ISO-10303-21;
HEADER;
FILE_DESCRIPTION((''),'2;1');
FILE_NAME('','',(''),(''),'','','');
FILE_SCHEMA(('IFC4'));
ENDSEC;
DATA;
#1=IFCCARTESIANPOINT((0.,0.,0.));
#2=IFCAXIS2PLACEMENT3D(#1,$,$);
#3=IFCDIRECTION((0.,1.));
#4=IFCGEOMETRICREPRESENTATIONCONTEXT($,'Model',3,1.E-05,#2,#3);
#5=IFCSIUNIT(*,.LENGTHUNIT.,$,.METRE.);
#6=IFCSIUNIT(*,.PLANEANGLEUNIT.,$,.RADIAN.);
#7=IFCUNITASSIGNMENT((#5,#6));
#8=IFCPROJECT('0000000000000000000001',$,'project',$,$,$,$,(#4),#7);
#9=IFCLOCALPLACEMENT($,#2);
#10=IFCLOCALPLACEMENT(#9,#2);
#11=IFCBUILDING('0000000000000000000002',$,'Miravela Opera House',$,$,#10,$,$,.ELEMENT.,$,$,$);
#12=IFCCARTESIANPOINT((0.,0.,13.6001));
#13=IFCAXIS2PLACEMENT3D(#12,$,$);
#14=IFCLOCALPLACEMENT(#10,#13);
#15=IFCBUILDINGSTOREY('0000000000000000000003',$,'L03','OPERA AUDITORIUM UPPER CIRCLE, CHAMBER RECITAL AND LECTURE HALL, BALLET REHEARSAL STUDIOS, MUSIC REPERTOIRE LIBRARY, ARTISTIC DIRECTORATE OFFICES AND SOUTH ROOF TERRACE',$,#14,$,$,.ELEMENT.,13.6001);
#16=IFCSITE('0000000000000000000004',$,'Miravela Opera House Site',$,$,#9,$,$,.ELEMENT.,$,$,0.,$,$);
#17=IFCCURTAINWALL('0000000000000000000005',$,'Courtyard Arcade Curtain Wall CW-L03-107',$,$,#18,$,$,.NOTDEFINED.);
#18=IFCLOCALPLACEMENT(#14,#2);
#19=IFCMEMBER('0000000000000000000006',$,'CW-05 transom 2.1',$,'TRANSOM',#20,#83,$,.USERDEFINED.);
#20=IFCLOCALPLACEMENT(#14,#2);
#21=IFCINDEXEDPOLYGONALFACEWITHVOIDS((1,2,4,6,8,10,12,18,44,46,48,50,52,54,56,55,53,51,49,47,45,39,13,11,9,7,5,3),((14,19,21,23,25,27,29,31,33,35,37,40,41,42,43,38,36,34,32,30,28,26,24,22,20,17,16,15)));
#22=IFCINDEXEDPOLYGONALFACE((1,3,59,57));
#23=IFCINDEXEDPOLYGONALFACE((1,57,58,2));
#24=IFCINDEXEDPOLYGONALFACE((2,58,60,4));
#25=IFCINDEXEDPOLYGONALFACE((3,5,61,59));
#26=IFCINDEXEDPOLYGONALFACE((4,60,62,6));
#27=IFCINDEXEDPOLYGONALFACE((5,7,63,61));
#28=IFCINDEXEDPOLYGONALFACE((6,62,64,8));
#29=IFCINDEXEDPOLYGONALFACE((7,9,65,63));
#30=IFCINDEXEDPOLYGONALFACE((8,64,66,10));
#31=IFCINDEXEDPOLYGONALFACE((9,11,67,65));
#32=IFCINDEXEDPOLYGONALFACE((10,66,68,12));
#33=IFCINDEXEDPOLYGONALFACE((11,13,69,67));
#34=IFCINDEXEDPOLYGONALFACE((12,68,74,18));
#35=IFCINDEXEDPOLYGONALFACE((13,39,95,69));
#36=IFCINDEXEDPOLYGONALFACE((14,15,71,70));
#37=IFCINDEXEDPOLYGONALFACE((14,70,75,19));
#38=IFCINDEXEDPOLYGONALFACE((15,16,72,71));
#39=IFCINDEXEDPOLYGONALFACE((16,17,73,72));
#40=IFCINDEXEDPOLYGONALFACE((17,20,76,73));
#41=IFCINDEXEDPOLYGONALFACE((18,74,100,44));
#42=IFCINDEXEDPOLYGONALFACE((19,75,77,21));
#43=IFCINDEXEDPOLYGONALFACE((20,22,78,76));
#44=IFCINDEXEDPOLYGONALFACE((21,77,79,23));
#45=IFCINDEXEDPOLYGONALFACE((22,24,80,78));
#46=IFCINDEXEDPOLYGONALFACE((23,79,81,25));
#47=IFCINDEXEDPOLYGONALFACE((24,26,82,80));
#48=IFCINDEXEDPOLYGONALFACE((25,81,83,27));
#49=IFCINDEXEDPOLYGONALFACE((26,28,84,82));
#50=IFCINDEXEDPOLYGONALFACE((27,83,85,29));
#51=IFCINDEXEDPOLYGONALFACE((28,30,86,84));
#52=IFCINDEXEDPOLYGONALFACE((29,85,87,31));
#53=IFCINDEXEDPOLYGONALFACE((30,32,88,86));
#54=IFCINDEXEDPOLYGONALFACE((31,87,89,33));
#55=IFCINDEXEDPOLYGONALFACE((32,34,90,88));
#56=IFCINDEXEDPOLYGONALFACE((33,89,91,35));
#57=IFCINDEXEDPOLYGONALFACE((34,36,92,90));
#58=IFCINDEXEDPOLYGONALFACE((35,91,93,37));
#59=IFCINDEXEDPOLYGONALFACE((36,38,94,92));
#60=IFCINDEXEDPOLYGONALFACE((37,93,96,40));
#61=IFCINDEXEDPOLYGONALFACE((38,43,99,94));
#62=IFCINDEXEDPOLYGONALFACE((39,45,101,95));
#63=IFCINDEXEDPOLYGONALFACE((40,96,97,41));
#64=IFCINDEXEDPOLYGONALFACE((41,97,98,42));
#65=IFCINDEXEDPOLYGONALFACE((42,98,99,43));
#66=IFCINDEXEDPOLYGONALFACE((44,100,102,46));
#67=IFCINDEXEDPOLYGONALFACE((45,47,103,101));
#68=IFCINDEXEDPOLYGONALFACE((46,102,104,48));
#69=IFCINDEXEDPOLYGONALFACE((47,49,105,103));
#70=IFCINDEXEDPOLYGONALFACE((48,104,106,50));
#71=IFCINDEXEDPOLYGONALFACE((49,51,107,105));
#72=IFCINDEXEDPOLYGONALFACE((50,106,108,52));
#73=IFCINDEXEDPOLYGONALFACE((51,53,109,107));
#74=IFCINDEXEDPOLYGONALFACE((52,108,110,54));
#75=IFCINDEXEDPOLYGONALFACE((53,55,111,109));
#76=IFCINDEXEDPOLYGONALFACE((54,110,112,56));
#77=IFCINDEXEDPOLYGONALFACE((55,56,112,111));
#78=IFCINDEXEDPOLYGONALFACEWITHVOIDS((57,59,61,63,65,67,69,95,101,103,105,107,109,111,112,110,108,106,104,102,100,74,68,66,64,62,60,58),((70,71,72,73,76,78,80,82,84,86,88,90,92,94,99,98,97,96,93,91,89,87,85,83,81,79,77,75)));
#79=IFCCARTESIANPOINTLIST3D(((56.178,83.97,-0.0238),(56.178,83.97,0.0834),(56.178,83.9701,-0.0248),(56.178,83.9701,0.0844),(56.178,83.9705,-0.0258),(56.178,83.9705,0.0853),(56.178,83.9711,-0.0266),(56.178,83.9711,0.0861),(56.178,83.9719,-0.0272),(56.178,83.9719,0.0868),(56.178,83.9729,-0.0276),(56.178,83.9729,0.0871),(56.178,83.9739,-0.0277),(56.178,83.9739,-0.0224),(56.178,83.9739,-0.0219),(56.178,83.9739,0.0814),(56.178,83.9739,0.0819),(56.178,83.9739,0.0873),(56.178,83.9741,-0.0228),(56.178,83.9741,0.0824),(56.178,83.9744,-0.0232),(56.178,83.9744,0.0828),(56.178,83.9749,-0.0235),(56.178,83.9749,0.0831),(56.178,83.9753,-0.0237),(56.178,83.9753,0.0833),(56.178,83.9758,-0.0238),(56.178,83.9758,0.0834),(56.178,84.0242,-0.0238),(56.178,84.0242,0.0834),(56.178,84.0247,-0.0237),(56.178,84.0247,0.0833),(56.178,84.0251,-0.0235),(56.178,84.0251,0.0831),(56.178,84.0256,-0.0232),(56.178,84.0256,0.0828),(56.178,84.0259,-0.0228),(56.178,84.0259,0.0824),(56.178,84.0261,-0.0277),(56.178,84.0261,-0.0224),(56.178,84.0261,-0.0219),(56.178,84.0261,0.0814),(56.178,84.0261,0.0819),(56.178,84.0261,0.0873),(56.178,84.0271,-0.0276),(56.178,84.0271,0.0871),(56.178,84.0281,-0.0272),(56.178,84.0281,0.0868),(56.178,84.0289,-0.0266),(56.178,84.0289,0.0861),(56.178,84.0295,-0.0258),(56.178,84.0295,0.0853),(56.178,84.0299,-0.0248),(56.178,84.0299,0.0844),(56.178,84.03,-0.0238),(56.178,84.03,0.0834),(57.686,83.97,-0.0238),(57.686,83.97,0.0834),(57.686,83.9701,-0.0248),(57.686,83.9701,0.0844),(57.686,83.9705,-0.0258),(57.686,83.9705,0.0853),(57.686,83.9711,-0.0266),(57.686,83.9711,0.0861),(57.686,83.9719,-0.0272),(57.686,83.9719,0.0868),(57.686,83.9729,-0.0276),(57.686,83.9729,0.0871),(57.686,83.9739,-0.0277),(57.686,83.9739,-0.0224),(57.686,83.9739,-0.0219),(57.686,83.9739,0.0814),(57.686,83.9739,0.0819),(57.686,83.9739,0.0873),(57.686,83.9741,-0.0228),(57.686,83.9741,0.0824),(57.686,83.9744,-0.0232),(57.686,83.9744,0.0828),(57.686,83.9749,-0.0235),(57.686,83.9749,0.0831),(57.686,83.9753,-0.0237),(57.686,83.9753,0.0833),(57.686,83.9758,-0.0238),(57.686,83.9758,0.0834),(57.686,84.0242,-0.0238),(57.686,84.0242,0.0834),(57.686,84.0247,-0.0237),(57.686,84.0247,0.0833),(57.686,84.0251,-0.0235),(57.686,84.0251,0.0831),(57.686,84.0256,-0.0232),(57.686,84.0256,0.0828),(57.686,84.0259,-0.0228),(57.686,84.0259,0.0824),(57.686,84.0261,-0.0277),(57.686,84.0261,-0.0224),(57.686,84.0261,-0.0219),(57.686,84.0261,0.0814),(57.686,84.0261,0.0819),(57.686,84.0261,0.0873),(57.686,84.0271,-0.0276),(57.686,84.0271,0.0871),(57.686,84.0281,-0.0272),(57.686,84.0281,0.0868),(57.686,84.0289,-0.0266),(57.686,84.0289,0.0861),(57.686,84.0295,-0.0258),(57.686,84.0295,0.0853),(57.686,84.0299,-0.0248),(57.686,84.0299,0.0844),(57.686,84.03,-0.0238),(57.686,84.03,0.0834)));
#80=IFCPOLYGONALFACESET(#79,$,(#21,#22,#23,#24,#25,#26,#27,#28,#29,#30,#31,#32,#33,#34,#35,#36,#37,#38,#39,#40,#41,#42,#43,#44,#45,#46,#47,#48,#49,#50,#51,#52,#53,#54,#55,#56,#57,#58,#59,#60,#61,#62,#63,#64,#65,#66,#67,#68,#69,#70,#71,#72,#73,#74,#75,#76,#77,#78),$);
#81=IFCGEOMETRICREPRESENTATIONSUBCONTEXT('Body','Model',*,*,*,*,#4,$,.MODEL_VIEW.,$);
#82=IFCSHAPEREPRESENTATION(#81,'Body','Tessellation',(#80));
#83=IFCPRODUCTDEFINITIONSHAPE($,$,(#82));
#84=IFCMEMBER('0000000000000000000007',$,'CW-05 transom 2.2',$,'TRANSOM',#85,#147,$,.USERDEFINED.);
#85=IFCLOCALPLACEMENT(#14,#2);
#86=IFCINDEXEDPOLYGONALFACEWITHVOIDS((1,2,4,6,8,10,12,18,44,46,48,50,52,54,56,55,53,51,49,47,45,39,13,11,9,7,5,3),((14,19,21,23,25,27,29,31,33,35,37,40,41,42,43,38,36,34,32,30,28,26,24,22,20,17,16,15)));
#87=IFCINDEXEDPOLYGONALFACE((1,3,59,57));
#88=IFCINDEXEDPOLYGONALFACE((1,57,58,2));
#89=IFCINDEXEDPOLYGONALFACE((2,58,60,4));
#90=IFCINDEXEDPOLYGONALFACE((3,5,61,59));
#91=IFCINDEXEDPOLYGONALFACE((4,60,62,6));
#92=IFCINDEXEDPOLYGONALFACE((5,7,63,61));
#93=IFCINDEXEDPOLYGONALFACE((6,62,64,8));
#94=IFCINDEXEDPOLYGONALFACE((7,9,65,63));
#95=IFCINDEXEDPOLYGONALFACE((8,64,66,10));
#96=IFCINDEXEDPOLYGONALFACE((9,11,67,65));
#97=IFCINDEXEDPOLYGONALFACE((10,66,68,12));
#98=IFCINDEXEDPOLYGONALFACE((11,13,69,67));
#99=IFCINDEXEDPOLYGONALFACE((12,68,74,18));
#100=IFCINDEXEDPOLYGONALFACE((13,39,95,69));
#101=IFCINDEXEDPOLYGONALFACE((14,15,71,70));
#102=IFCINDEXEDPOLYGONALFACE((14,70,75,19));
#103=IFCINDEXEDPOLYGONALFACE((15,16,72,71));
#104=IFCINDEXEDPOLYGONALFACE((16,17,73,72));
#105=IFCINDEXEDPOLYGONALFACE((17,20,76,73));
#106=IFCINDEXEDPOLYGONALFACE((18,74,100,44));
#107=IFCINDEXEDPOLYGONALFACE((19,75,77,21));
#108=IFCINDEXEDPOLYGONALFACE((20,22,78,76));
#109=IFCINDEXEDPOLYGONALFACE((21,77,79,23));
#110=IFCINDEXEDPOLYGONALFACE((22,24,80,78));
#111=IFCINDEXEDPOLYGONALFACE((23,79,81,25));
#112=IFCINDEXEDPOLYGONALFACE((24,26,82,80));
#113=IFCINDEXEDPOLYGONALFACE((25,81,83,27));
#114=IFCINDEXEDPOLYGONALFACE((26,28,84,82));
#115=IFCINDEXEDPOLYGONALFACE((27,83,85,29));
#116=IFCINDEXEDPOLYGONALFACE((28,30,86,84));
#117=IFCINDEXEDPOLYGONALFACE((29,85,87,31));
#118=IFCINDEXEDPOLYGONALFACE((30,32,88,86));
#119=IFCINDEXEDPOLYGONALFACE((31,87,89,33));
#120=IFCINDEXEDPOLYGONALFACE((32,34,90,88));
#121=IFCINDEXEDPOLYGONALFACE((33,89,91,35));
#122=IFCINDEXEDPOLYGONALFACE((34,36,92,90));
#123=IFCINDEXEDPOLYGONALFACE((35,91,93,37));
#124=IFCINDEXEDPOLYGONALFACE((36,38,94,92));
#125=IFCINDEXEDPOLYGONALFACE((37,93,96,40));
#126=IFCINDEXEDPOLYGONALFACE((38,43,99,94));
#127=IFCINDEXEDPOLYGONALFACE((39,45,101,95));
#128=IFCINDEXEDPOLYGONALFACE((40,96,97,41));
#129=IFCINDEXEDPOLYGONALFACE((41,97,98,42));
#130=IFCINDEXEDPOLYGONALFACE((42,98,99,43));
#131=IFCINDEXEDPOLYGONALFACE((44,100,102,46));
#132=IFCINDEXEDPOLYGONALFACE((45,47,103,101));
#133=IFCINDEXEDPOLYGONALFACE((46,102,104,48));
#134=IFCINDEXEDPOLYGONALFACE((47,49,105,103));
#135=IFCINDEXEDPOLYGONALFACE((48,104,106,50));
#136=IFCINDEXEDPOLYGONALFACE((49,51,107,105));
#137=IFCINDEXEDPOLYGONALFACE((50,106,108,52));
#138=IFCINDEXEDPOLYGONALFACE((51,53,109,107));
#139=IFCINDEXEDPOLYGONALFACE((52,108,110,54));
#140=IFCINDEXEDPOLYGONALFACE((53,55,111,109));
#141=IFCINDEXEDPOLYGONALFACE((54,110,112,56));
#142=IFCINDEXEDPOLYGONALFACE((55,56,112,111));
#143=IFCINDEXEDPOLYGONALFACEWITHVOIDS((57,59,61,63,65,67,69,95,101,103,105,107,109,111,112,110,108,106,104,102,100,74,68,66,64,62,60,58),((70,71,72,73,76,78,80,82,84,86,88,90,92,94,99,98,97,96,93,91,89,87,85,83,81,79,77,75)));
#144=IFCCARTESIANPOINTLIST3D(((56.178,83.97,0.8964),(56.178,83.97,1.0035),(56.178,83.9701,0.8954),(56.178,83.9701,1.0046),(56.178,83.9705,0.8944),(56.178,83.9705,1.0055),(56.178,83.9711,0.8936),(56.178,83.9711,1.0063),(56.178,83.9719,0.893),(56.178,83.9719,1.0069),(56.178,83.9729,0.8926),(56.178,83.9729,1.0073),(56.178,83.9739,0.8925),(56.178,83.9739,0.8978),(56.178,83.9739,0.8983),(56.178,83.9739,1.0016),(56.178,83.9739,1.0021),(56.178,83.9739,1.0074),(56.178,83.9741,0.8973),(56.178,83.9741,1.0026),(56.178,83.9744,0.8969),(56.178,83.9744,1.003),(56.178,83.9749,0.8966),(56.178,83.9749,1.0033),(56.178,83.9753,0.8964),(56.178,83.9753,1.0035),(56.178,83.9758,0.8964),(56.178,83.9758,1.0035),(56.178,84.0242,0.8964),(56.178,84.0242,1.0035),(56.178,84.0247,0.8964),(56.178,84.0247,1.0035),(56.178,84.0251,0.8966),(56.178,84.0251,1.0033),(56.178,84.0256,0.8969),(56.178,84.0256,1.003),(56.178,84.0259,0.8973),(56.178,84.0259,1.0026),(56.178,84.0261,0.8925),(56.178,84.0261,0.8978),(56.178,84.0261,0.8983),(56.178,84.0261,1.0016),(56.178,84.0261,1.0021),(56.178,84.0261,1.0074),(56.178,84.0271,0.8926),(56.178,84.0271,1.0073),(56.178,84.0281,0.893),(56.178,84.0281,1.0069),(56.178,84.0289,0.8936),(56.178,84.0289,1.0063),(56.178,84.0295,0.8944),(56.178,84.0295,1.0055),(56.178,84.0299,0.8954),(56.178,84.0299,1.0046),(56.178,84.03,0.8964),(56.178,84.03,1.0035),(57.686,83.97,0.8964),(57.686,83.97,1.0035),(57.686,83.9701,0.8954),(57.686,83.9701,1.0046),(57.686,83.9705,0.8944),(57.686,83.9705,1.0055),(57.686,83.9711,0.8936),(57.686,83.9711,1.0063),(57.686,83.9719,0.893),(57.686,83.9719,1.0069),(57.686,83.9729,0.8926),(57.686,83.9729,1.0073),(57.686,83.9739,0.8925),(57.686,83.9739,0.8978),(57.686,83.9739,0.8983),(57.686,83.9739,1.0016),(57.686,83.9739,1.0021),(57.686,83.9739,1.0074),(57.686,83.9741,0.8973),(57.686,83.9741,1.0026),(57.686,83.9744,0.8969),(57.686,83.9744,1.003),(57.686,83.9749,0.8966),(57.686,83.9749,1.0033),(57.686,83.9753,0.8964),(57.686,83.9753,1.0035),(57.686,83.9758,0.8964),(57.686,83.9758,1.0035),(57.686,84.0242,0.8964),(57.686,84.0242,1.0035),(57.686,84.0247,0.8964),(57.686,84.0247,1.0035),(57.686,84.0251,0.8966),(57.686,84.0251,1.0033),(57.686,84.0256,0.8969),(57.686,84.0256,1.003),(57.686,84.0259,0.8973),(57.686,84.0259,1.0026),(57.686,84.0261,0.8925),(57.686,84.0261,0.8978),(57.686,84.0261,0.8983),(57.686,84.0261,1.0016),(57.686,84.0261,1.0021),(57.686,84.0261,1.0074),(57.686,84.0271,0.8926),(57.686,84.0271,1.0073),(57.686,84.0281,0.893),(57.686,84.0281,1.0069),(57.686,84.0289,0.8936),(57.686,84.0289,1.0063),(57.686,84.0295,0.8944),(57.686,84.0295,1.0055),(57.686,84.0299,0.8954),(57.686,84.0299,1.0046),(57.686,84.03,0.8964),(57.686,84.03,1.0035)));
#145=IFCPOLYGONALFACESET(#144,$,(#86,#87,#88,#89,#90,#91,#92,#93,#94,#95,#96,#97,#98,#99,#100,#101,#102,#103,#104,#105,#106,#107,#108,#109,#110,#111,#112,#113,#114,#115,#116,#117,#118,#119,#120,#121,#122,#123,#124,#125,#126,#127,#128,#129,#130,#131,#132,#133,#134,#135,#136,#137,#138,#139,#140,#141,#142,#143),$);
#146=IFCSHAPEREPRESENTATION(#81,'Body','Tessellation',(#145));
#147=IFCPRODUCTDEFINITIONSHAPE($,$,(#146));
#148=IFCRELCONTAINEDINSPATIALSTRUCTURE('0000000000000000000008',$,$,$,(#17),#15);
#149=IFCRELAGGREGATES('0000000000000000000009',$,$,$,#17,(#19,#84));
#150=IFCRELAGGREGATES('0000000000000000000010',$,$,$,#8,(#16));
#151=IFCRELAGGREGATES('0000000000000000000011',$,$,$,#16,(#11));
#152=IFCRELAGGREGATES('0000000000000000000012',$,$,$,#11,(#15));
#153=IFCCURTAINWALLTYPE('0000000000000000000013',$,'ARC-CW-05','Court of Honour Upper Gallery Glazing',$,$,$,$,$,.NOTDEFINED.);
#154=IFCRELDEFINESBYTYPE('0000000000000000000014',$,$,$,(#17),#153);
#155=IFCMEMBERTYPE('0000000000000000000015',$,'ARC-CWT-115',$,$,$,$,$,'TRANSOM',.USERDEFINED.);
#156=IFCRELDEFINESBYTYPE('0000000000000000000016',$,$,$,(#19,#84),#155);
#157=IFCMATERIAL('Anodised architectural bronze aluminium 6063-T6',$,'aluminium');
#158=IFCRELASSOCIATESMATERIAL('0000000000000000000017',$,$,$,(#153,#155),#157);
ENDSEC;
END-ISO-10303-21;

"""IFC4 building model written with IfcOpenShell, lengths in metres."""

from ifc_helpers import new_model, si_unit, direction, frame, origin, origin_2d, place, context, subcontext, project, spatial, hollow_rectangle, extrude, material, material_profile, profile_set, type_object, element, aggregate, save


model = new_model("IFC4")

# Units and contexts
model_context = context("Model", 3, precision=1e-05, world=origin(), true_north=direction((0.0, 1.0)))
body_context = subcontext(model_context, "Body", "Model", "MODEL_VIEW")
ifc_project = project(units=[si_unit("LENGTHUNIT", "METRE"), si_unit("PLANEANGLEUNIT", "RADIAN")], contexts=[model_context])

# Site, building, storey
site_placement = place(None, origin())
site = spatial("IfcSite", under=ifc_project, at=site_placement, Name="Miravela Opera House Site", CompositionType="ELEMENT", RefElevation=0.0)
building_placement = place(site_placement, origin())
building = spatial("IfcBuilding", under=site, at=building_placement, Name="Miravela Opera House", CompositionType="ELEMENT")
storey_placement = place(building_placement, frame((0.0, 0.0, 13.6001)))
storey = spatial("IfcBuildingStorey", under=building, at=storey_placement, Name="L03", Description="OPERA AUDITORIUM UPPER CIRCLE, CHAMBER RECITAL AND LECTURE HALL, BALLET REHEARSAL STUDIOS, MUSIC REPERTOIRE LIBRARY, ARTISTIC DIRECTORATE OFFICES AND SOUTH ROOF TERRACE", CompositionType="ELEMENT", Elevation=13.6001)

# Curtain wall
ifc_material_1 = material(Name="Anodised architectural bronze aluminium 6063-T6", Category="aluminium")
curtain_wall_type = type_object("IfcCurtainWallType", Name="ARC-CW-05", Description="Court of Honour Upper Gallery Glazing", PredefinedType="NOTDEFINED", material=ifc_material_1)
curtain_wall_1_placement = place(storey_placement, origin())
curtain_wall_1 = element("IfcCurtainWall", 1, at=curtain_wall_1_placement, inside=storey, type_object=curtain_wall_type, Name="Courtyard Arcade Curtain Wall CW-L03-107", PredefinedType="NOTDEFINED")

# Members
ifc_material_profile_1 = material_profile(ifc_material_1, hollow_rectangle(XDim=0.0601, YDim=0.115, WallThickness=0.0039, InnerFilletRadius=0.002, OuterFilletRadius=0.0039, at=origin_2d()), Name="CWT-60X115")
ifc_profile_set_1 = profile_set([ifc_material_profile_1])
member_type_1 = type_object("IfcMemberType", Name="ARC-CWT-115", ElementType="TRANSOM", PredefinedType="USERDEFINED", material=ifc_profile_set_1)
member_1_placement = place(storey_placement, frame((56.178, 84.0, 0.0298), z_axis=(1.0, 0.0, 0.0), x_axis=(0.0, 1.0, 0.0)))
member_1 = element("IfcMember", 2, at=member_1_placement, type_object=member_type_1, Name="CW-05 transom 2.1", ObjectType="TRANSOM", PredefinedType="USERDEFINED", context=body_context, shape_type="SweptSolid", body=[
    extrude(hollow_rectangle(XDim=0.0601, YDim=0.115, WallThickness=0.0039, InnerFilletRadius=0.002, OuterFilletRadius=0.0039, at=origin_2d()), origin(), (0.0, 0.0, 1.0), 1.5081),
])
member_2_placement = place(storey_placement, frame((56.178, 84.0, 0.95), z_axis=(1.0, 0.0, 0.0), x_axis=(0.0, 1.0, 0.0)))
member_2 = element("IfcMember", 3, at=member_2_placement, type_object=member_type_1, Name="CW-05 transom 2.2", ObjectType="TRANSOM", PredefinedType="USERDEFINED", context=body_context, shape_type="SweptSolid", body=[
    extrude(hollow_rectangle(XDim=0.0601, YDim=0.115, WallThickness=0.0039, InnerFilletRadius=0.002, OuterFilletRadius=0.0039, at=origin_2d()), origin(), (0.0, 0.0, 1.0), 1.5081),
])

aggregate(curtain_wall_1, [member_1, member_2])

save(model, "model.ifc")
